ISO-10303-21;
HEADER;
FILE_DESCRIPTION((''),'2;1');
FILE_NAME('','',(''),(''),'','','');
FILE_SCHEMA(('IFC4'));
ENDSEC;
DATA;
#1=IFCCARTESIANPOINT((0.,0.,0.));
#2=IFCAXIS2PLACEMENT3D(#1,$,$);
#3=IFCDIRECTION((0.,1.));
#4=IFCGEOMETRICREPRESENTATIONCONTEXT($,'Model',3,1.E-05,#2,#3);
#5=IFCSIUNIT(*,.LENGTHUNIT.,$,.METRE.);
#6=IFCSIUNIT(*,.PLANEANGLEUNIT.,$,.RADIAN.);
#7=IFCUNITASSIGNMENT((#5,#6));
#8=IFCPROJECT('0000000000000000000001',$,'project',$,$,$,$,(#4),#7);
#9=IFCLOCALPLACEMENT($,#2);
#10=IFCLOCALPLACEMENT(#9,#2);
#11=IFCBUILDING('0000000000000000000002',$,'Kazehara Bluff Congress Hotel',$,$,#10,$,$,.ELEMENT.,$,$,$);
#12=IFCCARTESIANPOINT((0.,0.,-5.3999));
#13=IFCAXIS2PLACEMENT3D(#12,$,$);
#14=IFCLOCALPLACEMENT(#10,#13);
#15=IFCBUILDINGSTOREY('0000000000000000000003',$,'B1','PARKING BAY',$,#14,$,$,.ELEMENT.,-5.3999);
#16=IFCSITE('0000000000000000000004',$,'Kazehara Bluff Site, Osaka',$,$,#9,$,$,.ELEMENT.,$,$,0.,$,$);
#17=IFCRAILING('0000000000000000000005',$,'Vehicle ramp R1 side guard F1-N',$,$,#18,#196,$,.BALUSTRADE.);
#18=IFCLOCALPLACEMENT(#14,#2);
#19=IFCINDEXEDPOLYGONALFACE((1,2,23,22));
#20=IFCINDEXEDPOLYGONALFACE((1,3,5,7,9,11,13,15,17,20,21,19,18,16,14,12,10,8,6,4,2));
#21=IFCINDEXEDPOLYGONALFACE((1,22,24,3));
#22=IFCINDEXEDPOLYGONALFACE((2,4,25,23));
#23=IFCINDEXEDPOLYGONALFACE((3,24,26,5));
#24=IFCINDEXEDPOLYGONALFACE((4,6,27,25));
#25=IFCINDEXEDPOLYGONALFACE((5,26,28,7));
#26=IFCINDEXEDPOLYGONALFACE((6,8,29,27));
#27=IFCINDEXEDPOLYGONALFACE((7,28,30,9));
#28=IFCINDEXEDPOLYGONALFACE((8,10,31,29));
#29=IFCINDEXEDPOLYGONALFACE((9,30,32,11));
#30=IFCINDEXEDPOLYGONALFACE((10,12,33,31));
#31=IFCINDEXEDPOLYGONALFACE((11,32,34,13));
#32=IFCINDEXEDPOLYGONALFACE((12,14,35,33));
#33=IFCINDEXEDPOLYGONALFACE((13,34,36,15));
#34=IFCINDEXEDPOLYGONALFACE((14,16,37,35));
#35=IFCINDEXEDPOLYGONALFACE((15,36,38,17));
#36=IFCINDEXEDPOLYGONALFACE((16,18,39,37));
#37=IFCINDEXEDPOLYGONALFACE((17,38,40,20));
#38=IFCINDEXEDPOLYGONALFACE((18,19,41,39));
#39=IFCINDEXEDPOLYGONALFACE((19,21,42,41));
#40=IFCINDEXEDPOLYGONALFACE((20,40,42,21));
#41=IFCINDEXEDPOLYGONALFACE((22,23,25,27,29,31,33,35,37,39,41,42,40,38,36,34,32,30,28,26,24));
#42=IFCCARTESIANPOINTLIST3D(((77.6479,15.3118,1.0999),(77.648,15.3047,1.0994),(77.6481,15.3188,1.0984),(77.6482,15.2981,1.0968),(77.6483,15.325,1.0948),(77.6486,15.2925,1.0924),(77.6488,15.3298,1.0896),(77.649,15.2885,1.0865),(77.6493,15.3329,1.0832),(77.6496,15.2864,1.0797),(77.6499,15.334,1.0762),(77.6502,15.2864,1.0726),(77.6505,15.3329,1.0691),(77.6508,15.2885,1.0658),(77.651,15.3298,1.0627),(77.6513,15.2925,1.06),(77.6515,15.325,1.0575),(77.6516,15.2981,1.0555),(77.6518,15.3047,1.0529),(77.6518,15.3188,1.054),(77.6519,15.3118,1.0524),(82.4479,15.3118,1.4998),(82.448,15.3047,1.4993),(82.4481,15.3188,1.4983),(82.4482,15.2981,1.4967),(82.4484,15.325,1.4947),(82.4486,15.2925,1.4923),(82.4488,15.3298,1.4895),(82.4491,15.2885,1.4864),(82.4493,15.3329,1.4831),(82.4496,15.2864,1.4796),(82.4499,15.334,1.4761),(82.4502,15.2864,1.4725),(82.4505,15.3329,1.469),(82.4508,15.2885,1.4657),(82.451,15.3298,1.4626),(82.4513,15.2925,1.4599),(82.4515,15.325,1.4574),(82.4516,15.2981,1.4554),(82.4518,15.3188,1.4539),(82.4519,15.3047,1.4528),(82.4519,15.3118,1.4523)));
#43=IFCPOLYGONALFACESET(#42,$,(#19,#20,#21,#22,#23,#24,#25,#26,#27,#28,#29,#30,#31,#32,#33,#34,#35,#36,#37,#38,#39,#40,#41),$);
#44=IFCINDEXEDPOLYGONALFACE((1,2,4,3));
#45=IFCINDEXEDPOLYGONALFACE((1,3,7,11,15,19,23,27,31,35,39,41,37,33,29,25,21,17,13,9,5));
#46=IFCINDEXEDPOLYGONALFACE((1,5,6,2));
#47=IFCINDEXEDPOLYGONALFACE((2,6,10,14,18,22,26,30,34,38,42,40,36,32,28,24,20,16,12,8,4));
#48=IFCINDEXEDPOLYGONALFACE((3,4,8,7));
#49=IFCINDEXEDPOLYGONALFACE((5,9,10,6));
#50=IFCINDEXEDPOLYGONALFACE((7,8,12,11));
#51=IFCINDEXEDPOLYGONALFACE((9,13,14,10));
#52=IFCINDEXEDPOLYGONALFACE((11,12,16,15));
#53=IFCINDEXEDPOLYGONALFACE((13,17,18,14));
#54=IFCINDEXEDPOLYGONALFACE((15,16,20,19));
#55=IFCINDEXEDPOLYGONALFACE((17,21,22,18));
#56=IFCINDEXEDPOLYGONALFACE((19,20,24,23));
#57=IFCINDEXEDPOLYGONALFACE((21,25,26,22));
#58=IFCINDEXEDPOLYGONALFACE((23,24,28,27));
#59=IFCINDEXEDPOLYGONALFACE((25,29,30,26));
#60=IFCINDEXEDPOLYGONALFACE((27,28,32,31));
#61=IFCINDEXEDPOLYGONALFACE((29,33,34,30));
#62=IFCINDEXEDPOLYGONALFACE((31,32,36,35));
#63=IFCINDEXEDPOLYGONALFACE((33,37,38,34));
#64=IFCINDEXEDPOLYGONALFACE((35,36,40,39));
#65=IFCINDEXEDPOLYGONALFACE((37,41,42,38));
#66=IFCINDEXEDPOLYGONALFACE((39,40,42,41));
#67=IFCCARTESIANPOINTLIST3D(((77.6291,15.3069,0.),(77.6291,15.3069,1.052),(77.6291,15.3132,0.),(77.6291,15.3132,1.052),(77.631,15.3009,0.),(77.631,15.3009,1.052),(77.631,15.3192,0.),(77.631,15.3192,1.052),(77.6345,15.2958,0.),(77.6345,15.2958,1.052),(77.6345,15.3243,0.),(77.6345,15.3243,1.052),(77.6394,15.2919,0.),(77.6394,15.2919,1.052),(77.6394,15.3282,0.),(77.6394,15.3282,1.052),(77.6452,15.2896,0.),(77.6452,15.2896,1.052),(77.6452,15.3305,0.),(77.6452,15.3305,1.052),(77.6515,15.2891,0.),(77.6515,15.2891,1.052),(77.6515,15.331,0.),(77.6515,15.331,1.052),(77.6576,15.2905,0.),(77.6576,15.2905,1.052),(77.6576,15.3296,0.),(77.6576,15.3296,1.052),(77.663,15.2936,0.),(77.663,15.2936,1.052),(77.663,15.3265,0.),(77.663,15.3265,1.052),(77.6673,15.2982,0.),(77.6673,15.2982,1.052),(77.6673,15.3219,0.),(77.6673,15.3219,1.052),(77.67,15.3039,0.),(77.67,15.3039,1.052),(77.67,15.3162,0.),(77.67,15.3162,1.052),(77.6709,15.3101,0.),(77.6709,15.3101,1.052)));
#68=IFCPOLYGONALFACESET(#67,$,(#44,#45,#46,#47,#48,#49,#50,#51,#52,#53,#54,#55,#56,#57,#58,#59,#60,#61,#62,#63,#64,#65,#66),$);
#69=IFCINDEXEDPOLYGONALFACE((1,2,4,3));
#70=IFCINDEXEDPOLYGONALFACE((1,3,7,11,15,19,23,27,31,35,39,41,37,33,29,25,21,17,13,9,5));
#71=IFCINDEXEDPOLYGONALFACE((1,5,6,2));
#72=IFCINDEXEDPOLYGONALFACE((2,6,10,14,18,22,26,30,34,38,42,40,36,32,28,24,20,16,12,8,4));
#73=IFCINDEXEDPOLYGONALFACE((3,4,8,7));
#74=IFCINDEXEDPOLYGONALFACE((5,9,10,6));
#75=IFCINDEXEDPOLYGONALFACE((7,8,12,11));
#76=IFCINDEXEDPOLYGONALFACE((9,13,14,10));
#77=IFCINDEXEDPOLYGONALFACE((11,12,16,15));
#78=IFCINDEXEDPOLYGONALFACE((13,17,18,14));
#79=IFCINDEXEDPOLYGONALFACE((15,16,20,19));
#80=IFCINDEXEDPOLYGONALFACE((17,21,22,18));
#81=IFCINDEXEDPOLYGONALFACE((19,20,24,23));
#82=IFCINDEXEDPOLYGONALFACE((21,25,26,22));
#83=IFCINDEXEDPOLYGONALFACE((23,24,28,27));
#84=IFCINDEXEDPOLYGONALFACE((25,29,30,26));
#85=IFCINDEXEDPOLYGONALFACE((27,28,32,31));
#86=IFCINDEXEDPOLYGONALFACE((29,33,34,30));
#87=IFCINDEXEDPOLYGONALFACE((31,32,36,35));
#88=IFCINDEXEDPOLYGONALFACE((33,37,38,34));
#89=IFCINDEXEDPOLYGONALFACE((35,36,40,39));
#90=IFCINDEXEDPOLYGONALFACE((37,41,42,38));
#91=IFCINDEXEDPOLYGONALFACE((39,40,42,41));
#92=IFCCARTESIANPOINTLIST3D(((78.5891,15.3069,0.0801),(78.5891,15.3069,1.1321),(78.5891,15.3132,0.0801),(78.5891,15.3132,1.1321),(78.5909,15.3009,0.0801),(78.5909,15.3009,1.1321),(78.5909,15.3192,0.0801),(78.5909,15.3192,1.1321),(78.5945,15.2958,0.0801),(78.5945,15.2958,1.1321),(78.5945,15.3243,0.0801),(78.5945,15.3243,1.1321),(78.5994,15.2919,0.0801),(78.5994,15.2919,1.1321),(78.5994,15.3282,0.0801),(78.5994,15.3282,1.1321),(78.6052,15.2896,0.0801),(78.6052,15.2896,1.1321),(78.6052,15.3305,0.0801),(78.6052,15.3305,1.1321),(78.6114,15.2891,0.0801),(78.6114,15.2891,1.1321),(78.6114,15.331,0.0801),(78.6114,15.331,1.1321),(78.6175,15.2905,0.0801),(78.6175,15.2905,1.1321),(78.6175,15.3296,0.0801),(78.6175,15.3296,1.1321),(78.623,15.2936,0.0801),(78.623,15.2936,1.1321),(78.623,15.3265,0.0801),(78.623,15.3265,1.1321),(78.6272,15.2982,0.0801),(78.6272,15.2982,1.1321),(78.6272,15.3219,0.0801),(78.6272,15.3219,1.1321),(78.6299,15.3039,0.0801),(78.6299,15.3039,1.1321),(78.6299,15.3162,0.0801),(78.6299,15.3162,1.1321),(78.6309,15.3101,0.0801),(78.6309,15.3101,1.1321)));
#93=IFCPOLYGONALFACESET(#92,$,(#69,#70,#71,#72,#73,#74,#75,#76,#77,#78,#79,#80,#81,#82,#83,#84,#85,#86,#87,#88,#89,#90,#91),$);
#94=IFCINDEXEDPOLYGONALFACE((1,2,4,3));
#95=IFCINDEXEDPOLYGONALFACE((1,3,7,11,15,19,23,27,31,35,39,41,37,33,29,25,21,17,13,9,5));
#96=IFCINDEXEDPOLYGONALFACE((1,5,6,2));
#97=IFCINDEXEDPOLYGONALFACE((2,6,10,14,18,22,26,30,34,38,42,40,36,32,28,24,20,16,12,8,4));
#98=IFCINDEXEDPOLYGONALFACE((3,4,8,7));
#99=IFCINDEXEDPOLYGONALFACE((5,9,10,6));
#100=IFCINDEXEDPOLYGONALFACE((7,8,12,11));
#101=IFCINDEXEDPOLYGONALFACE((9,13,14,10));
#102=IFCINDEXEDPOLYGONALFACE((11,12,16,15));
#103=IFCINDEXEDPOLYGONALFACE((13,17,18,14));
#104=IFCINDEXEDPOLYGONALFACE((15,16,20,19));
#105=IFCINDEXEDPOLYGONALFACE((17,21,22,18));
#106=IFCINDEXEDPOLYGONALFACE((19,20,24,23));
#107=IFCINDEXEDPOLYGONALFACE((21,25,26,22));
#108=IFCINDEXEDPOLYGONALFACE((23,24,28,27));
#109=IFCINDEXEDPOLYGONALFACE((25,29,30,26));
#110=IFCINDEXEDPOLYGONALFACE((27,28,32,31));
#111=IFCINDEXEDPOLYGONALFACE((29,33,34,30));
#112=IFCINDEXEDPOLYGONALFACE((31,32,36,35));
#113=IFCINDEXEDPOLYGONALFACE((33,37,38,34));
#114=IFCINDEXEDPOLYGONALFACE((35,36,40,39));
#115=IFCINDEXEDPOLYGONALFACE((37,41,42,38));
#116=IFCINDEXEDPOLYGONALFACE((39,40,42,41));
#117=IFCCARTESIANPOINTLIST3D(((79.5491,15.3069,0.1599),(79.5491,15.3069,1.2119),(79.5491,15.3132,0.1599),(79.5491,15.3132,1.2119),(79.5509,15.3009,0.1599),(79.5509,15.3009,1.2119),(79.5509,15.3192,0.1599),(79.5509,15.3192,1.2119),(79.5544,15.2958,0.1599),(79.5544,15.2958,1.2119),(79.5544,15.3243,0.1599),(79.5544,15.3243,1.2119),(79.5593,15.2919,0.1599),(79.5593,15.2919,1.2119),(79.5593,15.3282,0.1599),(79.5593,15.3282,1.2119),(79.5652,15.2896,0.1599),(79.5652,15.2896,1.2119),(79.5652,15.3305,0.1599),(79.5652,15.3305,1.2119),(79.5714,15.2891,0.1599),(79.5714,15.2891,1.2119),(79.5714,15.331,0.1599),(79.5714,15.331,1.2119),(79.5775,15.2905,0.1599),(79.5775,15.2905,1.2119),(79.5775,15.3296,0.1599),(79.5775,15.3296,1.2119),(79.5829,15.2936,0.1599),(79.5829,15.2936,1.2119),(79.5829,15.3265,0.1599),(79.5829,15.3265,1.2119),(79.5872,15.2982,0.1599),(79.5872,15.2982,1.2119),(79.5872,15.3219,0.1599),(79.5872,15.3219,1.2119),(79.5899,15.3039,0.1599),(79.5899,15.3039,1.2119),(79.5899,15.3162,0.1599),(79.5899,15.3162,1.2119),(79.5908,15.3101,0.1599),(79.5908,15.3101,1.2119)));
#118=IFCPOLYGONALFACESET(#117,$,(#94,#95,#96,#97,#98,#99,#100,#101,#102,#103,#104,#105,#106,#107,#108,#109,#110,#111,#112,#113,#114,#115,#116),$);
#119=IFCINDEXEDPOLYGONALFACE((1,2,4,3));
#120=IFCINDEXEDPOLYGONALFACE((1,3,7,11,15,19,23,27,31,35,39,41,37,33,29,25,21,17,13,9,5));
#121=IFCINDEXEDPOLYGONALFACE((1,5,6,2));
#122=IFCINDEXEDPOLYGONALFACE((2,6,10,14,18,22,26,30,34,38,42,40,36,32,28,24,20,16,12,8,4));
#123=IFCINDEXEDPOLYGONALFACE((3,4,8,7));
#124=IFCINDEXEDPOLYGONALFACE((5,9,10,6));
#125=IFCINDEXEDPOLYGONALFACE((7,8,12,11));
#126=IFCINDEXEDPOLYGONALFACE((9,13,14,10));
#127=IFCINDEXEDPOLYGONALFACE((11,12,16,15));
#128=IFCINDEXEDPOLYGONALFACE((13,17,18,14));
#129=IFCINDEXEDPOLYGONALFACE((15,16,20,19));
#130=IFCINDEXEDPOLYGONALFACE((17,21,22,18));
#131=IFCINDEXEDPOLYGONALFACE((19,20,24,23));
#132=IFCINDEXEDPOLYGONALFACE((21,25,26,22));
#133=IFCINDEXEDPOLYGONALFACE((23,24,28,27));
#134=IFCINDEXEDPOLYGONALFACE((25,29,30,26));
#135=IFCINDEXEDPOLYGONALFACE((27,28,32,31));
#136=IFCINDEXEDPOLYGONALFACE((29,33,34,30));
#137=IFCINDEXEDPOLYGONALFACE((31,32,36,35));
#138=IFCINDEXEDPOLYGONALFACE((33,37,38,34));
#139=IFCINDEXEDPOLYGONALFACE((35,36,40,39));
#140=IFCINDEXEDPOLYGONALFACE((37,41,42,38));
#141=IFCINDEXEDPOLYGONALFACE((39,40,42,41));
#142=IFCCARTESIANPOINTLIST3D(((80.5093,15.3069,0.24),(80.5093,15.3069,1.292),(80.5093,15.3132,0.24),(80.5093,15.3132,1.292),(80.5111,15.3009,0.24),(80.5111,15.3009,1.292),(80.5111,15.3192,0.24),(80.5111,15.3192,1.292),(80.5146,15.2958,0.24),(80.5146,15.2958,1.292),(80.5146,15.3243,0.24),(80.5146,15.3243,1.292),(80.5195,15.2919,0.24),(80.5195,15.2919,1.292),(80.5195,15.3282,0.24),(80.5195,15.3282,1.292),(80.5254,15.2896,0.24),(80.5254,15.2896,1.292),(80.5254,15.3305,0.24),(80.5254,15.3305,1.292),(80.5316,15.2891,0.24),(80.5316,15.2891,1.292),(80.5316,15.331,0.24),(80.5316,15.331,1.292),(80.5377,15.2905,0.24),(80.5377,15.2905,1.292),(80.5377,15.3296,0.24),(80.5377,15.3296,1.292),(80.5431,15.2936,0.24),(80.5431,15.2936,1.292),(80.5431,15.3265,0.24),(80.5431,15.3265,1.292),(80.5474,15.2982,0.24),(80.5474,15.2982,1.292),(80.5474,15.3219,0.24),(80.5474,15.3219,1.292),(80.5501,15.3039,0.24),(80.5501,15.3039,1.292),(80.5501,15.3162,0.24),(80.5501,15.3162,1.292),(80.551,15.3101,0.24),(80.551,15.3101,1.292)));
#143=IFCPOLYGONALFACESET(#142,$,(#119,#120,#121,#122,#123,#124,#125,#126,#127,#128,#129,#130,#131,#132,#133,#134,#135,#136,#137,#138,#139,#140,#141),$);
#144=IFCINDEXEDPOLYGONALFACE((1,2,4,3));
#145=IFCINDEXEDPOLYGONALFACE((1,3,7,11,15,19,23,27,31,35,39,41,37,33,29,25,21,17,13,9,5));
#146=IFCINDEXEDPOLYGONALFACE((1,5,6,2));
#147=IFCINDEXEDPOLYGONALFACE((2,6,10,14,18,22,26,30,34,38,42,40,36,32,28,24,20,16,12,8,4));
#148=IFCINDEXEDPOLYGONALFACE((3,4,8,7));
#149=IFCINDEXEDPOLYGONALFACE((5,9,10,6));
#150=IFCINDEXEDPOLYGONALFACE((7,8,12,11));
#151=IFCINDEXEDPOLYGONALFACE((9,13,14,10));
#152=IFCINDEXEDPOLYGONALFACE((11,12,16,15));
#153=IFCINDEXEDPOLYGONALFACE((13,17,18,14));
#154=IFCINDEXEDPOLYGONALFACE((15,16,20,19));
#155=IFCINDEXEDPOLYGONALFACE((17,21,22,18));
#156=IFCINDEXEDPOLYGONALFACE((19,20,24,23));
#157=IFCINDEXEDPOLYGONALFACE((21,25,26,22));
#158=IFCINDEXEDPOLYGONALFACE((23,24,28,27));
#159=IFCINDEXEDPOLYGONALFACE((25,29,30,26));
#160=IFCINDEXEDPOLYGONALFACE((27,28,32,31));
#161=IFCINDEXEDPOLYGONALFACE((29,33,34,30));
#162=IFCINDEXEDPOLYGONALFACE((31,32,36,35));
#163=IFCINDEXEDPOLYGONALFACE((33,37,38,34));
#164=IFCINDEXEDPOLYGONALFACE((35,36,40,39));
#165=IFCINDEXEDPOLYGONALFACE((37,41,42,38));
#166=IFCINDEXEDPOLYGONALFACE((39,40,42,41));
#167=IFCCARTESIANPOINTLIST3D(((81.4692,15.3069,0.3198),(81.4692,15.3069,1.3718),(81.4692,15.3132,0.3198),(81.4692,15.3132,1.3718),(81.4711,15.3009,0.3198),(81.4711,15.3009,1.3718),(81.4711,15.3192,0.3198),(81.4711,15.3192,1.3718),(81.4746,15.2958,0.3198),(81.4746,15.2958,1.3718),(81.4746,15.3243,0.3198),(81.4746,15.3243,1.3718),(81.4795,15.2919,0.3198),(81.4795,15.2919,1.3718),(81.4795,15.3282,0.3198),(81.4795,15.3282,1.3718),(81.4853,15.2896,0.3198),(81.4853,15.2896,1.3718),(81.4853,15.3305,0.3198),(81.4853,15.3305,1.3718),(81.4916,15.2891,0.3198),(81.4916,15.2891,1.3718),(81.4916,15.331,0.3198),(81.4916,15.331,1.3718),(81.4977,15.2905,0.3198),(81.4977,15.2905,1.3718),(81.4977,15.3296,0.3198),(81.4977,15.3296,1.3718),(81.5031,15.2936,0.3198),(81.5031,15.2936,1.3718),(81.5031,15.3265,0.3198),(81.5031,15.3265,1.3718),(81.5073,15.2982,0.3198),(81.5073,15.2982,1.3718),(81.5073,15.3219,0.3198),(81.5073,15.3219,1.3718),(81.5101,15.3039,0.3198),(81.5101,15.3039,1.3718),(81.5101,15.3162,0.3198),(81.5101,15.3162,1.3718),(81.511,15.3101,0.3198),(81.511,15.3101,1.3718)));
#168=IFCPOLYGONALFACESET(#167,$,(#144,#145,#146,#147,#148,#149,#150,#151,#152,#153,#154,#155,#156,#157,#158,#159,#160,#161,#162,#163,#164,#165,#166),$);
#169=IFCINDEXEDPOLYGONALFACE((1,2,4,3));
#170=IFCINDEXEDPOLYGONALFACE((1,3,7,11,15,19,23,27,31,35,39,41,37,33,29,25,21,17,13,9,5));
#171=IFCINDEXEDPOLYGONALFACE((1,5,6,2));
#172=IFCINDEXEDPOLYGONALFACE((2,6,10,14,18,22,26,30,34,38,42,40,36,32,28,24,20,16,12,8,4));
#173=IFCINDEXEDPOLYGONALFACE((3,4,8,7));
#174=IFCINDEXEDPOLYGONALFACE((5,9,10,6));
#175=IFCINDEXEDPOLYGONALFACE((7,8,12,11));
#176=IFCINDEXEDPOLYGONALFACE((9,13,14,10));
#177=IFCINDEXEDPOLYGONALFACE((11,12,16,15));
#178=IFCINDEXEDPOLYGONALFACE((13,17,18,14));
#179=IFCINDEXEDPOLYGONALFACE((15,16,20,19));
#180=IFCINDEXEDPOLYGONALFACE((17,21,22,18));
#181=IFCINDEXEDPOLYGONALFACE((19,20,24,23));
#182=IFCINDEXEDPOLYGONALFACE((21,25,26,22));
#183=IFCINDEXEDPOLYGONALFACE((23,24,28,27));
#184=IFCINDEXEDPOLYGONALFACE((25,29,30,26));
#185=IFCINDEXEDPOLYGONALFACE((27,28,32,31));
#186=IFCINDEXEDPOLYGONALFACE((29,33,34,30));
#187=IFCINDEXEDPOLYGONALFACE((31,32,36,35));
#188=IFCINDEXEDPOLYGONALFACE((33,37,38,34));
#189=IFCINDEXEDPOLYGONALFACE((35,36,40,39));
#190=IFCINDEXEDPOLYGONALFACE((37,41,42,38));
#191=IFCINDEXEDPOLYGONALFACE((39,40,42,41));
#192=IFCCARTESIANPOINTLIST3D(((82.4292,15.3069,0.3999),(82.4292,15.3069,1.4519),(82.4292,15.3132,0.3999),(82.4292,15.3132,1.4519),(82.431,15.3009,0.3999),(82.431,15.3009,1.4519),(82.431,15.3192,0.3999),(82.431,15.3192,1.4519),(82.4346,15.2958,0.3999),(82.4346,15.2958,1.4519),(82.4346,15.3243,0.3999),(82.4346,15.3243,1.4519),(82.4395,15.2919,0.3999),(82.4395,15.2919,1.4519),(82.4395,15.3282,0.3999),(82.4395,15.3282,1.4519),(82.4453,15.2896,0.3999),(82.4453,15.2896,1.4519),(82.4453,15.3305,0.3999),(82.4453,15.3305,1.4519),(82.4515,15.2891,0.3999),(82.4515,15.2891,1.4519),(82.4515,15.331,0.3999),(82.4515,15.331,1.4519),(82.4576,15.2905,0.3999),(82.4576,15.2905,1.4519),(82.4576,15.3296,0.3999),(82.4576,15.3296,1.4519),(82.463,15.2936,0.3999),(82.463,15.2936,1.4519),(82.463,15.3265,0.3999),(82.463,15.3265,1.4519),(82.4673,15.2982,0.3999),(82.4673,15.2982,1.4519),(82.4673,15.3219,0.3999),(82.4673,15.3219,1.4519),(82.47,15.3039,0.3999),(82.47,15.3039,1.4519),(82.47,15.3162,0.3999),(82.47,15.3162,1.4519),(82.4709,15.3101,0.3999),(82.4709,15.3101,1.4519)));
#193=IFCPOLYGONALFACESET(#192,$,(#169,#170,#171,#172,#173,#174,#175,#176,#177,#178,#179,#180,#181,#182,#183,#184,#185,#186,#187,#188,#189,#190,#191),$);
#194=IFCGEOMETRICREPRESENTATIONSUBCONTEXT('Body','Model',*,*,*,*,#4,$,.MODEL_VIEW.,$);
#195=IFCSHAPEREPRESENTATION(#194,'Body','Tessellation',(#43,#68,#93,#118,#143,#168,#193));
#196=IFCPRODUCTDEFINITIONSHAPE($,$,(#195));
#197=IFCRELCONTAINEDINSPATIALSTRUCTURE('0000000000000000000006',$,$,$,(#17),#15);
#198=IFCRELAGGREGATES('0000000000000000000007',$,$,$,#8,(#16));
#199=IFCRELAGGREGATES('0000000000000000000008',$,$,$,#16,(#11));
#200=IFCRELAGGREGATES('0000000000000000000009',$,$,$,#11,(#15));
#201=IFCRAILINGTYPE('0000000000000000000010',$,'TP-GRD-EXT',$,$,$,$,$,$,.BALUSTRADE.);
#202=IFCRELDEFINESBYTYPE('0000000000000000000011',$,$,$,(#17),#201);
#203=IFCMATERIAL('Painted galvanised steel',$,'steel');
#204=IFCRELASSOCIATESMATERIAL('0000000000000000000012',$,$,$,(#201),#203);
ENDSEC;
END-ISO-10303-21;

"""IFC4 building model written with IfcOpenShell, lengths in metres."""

from ifc_helpers import new_model, si_unit, direction, frame, origin, origin_2d, place, context, subcontext, project, spatial, circle, extrude, material, type_object, element, save


model = new_model("IFC4")

# Units and contexts
model_context = context("Model", 3, precision=1e-05, world=origin(), true_north=direction((0.0, 1.0)))
body_context = subcontext(model_context, "Body", "Model", "MODEL_VIEW")
ifc_project = project(units=[si_unit("LENGTHUNIT", "METRE"), si_unit("PLANEANGLEUNIT", "RADIAN")], contexts=[model_context])

# Site, building, storey
site_placement = place(None, origin())
site = spatial("IfcSite", under=ifc_project, at=site_placement, Name="Kazehara Bluff Site, Osaka", CompositionType="ELEMENT", RefElevation=0.0)
building_placement = place(site_placement, origin())
building = spatial("IfcBuilding", under=site, at=building_placement, Name="Kazehara Bluff Congress Hotel", CompositionType="ELEMENT")
storey_placement = place(building_placement, frame((0.0, 0.0, -5.3999)))
storey = spatial("IfcBuildingStorey", under=building, at=storey_placement, Name="B1", Description="PARKING BAY", CompositionType="ELEMENT", Elevation=-5.3999)

# Railing
ifc_material_1 = material(Name="Painted galvanised steel", Category="steel")
railing_type = type_object("IfcRailingType", Name="TP-GRD-EXT", PredefinedType="BALUSTRADE", material=ifc_material_1)
railing_1_placement = place(storey_placement, frame((77.6499, 15.3101, 0.0)))
element("IfcRailing", 1, at=railing_1_placement, inside=storey, type_object=railing_type, Name="Vehicle ramp R1 side guard F1-N", PredefinedType="BALUSTRADE", context=body_context, shape_type="SweptSolid", body=[
    extrude(circle(Radius=0.0239, at=origin_2d()), frame((0.0, 0.0, 1.0762), z_axis=(0.996548, 0.0, 0.083025), x_axis=(0.0, 1.0, 0.0)), (0.0, 0.0, 1.0), 4.8167),
    extrude(circle(Radius=0.021, at=origin_2d()), origin(), (0.0, 0.0, 1.0), 1.052),
    extrude(circle(Radius=0.021, at=origin_2d()), frame((0.96, 0.0, 0.0801)), (0.0, 0.0, 1.0), 1.052),
    extrude(circle(Radius=0.021, at=origin_2d()), frame((1.9199, 0.0, 0.1599)), (0.0, 0.0, 1.0), 1.052),
    extrude(circle(Radius=0.021, at=origin_2d()), frame((2.8801, 0.0, 0.24)), (0.0, 0.0, 1.0), 1.052),
    extrude(circle(Radius=0.021, at=origin_2d()), frame((3.8401, 0.0, 0.3198)), (0.0, 0.0, 1.0), 1.052),
    extrude(circle(Radius=0.021, at=origin_2d()), frame((4.8, 0.0, 0.3999)), (0.0, 0.0, 1.0), 1.052),
])

save(model, "model.ifc")
